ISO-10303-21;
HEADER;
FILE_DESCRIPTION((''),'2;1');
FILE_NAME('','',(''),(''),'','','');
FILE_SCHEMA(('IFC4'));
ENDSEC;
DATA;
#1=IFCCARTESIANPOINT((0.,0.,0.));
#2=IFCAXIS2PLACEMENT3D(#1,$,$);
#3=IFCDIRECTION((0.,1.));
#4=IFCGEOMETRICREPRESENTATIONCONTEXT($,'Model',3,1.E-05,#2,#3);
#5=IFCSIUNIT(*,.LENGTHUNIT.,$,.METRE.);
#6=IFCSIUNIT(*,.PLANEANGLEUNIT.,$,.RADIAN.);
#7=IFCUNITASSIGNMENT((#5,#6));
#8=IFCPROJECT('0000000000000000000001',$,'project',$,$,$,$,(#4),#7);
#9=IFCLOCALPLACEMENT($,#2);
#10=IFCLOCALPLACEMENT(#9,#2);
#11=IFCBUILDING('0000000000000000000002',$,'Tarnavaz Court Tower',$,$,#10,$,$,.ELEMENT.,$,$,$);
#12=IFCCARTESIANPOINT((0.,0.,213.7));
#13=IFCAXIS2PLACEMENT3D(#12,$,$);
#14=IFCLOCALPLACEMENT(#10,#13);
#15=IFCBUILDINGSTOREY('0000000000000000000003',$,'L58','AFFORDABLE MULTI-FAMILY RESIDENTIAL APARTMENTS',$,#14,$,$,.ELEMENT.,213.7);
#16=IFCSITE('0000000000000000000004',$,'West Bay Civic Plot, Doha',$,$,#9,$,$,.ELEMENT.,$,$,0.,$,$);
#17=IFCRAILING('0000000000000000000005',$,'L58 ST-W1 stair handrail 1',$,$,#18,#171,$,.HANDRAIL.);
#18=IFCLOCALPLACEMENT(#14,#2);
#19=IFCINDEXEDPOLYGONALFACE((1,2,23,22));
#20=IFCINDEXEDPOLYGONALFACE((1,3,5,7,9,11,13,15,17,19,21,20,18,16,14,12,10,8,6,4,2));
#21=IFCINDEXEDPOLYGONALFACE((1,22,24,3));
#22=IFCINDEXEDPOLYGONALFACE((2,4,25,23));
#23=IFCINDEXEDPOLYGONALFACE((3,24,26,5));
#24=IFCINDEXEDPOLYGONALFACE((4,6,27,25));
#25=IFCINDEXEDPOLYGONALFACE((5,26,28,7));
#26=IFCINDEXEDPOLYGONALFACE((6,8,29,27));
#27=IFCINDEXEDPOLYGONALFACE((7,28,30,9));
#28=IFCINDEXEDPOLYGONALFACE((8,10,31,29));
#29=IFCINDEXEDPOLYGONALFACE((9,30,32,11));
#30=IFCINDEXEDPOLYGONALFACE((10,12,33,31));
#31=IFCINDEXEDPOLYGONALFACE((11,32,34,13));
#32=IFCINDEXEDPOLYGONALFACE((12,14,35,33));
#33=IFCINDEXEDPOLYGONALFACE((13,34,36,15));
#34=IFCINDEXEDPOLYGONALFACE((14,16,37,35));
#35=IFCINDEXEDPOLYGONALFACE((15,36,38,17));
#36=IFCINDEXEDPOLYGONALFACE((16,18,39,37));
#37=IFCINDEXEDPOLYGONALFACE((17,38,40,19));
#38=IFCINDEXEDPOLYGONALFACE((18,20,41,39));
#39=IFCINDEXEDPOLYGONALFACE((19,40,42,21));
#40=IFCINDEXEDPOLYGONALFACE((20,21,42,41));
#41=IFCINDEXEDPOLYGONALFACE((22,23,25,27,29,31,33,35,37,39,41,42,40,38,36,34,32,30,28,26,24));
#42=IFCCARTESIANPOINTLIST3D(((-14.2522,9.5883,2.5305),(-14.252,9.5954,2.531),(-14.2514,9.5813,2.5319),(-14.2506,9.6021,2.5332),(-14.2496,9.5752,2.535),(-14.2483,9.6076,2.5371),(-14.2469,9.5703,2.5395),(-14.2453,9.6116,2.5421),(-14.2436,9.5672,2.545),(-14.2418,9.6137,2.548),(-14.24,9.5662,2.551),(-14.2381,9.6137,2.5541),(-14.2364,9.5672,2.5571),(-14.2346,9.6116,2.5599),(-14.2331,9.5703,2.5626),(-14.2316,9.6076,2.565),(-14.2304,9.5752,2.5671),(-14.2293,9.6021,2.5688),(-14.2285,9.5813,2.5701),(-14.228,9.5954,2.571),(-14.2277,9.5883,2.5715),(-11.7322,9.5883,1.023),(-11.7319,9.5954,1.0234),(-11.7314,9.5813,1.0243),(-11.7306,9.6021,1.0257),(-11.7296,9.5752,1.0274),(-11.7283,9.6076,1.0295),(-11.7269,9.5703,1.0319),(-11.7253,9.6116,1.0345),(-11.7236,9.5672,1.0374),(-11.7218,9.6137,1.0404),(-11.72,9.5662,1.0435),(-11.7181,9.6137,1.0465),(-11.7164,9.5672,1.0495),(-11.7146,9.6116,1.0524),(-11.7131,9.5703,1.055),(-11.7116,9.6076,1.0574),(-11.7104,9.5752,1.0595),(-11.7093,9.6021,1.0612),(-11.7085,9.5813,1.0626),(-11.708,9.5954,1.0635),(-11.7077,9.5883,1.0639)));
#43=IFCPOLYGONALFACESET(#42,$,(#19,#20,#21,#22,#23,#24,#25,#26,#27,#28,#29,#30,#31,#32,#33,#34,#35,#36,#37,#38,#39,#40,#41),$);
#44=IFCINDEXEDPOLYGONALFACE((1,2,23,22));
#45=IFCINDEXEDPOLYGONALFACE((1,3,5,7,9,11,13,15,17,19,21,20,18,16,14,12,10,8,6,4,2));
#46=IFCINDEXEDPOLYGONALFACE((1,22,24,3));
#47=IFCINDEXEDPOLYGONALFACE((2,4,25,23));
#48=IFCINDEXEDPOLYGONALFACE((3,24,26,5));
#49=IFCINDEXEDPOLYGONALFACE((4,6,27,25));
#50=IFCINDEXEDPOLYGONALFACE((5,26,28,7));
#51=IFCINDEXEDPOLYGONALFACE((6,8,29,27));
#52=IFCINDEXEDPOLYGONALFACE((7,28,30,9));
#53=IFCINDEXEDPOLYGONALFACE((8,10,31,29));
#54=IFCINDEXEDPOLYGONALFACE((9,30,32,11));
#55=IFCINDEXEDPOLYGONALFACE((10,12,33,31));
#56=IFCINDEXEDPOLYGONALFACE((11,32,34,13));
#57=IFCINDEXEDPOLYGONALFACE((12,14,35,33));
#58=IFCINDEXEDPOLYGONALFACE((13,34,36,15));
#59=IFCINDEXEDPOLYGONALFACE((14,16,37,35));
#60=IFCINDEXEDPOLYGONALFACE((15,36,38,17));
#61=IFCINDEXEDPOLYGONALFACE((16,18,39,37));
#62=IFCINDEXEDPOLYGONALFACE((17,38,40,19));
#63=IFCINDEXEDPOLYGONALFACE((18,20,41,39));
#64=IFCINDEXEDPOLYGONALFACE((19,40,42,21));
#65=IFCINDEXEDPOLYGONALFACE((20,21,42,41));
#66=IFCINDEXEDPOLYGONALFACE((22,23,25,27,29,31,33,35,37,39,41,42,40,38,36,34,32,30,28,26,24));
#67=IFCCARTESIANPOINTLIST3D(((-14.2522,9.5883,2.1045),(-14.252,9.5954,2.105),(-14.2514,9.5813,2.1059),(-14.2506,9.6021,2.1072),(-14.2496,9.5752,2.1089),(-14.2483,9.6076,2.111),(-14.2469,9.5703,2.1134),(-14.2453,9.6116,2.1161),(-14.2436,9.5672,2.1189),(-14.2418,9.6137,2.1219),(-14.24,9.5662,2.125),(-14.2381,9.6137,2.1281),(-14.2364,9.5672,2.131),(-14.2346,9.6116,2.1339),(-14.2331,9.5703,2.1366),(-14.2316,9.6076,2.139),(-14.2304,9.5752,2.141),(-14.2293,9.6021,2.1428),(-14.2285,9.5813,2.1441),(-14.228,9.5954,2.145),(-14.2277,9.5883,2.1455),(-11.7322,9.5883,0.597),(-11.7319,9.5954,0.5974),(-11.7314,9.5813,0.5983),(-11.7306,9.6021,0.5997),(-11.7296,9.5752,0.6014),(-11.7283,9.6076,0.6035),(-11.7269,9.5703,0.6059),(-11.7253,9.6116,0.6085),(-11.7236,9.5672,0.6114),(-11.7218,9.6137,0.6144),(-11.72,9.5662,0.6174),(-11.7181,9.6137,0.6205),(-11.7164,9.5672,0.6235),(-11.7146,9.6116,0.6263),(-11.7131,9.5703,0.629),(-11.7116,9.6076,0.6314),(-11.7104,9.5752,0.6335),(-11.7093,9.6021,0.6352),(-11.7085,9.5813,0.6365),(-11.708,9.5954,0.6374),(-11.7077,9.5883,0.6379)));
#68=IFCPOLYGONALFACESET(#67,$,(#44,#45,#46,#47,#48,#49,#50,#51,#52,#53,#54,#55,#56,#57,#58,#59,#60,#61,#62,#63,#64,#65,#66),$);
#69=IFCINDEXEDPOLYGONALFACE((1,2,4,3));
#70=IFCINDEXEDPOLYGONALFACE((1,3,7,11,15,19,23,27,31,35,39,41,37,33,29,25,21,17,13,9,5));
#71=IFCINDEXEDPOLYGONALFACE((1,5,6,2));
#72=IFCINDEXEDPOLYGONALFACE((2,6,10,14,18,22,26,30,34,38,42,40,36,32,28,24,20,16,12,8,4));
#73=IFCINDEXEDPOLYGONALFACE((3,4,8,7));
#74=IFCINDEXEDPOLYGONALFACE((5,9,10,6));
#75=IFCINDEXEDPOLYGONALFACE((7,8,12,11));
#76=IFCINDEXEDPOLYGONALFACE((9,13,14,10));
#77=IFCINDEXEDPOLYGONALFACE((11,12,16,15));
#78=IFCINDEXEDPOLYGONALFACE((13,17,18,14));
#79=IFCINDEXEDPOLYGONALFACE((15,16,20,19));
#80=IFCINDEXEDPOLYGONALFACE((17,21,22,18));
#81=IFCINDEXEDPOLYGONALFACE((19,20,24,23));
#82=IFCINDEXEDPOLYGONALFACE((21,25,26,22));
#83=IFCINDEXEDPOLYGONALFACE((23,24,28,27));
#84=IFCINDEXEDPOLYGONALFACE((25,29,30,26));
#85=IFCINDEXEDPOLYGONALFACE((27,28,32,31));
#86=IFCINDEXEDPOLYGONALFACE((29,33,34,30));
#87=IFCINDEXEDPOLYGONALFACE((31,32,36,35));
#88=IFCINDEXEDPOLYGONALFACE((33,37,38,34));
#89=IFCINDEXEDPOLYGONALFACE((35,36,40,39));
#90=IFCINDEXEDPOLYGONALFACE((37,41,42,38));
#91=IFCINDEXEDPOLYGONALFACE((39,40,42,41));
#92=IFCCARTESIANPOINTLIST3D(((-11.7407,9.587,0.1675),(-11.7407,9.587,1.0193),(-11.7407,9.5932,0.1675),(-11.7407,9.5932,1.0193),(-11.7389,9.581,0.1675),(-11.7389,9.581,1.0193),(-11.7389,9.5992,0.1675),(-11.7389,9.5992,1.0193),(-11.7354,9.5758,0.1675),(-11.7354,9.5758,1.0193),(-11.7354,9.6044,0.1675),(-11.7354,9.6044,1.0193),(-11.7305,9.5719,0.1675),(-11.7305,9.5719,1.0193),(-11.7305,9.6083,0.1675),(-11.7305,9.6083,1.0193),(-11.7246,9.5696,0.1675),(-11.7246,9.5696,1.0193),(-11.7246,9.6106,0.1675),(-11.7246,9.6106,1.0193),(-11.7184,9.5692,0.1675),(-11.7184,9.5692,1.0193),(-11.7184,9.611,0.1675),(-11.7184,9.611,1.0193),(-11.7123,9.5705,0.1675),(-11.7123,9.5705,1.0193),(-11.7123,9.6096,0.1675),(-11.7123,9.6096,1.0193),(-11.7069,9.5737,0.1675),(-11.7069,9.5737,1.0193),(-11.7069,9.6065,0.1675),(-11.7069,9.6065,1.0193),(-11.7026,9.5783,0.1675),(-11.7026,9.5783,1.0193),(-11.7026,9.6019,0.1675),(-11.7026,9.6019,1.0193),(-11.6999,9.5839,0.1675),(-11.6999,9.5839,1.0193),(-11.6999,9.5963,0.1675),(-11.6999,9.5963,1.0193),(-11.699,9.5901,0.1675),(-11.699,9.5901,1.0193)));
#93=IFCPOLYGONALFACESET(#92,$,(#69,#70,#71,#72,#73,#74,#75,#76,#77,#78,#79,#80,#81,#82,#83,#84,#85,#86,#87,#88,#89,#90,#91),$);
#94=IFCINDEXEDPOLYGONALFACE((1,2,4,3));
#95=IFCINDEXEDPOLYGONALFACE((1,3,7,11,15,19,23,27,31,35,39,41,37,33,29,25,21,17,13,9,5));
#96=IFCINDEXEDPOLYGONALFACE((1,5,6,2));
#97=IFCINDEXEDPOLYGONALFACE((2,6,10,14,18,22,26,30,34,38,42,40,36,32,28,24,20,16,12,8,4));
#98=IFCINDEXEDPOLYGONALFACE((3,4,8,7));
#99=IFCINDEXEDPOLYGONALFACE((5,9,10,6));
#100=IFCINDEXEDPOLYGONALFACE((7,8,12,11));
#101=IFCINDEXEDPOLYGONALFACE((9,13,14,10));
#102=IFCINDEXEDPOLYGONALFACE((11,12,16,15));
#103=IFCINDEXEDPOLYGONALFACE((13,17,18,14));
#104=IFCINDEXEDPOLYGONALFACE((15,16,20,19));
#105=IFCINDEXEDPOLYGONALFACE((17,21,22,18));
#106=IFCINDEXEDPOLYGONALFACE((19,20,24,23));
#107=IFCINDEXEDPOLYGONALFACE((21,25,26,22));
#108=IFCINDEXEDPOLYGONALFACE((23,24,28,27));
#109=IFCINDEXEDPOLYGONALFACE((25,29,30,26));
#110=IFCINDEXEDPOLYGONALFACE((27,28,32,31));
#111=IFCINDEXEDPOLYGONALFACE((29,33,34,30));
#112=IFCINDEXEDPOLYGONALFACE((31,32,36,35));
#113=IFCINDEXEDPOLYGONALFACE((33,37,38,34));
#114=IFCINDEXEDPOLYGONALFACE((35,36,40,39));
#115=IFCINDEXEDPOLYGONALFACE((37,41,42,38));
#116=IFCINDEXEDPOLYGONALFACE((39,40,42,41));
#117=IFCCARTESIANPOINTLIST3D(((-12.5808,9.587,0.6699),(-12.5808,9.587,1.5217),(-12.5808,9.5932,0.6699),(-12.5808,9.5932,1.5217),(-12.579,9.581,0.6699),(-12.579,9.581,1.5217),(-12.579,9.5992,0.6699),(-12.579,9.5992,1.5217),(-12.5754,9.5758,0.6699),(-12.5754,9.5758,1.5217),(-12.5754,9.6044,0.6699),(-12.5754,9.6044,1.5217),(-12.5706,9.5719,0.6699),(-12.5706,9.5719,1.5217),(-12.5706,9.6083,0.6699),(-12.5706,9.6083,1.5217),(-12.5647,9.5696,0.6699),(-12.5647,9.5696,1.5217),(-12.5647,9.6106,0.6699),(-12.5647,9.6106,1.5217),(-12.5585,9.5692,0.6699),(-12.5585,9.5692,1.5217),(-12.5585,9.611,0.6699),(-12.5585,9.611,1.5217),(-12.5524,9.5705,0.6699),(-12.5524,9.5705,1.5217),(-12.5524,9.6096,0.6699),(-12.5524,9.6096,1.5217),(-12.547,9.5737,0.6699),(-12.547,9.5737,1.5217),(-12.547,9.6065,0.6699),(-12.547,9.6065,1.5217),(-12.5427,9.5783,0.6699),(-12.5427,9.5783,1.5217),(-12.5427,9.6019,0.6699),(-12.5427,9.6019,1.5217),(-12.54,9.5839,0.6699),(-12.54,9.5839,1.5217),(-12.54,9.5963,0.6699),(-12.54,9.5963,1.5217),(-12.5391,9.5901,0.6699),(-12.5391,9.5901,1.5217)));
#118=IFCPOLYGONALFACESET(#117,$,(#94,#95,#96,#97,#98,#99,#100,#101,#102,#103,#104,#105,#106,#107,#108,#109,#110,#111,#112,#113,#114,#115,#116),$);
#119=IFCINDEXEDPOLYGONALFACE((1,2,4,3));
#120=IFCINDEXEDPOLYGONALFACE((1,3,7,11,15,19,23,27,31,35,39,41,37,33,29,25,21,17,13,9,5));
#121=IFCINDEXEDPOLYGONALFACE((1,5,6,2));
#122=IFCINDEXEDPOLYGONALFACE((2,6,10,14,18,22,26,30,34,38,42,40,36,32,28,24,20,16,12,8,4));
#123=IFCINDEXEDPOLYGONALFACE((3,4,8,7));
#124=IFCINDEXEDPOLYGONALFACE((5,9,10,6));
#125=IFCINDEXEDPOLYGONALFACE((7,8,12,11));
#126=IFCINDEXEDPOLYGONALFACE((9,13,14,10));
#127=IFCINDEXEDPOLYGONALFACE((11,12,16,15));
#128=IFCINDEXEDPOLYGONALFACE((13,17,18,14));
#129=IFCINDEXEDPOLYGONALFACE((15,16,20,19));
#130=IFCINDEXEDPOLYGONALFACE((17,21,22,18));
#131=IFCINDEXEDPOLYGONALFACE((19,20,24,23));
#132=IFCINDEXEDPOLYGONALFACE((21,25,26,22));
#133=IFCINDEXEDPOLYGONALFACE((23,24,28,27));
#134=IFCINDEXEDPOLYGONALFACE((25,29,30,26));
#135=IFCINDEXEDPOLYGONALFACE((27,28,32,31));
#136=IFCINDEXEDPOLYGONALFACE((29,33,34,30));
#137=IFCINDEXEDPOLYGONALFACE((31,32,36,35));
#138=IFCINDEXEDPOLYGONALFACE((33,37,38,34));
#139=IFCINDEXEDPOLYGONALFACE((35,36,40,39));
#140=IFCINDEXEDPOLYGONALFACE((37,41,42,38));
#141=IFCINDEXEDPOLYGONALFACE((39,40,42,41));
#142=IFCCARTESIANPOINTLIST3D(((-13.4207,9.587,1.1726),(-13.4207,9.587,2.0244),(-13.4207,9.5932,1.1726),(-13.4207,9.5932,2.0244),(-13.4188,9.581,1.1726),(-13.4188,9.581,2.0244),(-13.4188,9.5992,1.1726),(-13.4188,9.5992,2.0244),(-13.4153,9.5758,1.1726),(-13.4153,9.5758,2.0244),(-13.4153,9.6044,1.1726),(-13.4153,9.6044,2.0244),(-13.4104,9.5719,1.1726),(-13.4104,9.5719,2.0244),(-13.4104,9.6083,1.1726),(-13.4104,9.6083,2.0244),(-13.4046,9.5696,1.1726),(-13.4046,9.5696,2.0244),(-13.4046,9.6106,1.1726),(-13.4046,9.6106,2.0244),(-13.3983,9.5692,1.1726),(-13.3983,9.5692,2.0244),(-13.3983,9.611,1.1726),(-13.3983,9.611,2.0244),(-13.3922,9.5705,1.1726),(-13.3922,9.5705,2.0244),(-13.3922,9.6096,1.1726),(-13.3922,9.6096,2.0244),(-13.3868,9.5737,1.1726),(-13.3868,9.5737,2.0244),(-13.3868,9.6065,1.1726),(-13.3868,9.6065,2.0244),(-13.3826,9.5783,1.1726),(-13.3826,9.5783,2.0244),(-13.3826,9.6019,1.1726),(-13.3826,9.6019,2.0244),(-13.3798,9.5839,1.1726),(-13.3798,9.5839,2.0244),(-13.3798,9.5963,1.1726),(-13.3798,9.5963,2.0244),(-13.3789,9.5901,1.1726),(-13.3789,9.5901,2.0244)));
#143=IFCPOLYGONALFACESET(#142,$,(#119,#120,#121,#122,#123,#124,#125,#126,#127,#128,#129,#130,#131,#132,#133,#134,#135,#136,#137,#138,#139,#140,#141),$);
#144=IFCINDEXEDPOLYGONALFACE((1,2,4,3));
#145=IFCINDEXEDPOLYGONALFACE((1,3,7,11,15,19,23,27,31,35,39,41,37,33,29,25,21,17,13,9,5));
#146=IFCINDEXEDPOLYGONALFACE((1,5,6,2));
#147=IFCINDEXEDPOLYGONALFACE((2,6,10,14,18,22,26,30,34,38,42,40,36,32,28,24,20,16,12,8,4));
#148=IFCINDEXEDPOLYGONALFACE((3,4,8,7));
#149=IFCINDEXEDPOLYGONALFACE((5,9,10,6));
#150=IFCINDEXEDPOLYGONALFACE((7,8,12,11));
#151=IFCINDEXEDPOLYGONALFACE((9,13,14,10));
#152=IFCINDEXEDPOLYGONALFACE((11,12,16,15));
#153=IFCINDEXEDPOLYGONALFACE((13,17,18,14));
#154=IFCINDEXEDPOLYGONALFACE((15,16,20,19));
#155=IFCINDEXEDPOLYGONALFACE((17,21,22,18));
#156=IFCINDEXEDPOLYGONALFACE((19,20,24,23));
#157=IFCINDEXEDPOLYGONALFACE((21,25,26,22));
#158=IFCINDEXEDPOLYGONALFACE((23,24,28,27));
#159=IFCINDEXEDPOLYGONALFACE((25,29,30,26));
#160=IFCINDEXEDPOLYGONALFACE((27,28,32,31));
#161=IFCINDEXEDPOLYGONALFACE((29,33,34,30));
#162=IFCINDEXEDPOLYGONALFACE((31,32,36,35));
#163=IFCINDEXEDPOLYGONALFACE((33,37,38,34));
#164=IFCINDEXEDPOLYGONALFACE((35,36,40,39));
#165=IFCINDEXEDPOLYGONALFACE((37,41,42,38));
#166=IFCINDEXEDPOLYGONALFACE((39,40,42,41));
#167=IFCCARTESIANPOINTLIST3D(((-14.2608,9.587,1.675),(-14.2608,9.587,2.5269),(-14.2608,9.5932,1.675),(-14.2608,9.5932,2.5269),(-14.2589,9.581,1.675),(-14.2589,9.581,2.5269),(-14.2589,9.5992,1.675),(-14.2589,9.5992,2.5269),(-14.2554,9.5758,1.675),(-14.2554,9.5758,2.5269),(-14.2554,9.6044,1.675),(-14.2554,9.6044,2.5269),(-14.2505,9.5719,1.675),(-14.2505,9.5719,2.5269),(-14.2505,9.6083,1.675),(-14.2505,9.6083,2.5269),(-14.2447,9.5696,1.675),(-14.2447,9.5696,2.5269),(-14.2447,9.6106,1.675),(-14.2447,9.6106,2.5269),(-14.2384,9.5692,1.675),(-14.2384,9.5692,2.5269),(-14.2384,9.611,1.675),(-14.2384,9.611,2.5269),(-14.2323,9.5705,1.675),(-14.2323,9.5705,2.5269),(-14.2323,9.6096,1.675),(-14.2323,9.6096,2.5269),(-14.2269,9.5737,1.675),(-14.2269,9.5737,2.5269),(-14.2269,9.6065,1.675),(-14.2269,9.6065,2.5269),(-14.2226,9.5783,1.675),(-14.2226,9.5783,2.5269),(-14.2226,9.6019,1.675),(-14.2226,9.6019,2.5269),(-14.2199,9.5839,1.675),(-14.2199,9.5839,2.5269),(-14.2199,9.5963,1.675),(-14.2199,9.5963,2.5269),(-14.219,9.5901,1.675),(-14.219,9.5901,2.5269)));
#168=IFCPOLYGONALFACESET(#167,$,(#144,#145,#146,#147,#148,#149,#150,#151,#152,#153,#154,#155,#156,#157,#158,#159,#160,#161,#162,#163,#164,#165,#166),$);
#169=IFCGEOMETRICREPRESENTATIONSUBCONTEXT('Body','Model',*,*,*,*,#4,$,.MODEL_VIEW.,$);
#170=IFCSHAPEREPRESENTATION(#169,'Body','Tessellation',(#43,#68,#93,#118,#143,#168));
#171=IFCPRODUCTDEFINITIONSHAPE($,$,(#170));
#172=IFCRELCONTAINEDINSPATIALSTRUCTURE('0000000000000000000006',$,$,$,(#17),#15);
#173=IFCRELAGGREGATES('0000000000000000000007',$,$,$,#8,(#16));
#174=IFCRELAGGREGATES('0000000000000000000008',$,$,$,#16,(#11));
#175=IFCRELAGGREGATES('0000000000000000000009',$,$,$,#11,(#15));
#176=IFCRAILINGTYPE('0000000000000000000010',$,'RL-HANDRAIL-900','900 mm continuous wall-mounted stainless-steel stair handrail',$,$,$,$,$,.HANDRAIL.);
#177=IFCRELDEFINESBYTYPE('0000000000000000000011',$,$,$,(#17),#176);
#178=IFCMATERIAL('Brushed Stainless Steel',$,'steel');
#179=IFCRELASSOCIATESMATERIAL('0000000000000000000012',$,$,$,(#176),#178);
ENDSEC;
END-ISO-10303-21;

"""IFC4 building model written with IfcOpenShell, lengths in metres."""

from ifc_helpers import new_model, si_unit, direction, frame, origin, origin_2d, place, context, subcontext, project, spatial, circle, extrude, material, type_object, element, save


model = new_model("IFC4")

# Units and contexts
model_context = context("Model", 3, precision=1e-05, world=origin(), true_north=direction((0.0, 1.0)))
body_context = subcontext(model_context, "Body", "Model", "MODEL_VIEW")
ifc_project = project(units=[si_unit("LENGTHUNIT", "METRE"), si_unit("PLANEANGLEUNIT", "RADIAN")], contexts=[model_context])

# Site, building, storey
site_placement = place(None, origin())
site = spatial("IfcSite", under=ifc_project, at=site_placement, Name="West Bay Civic Plot, Doha", CompositionType="ELEMENT", RefElevation=0.0)
building_placement = place(site_placement, origin())
building = spatial("IfcBuilding", under=site, at=building_placement, Name="Tarnavaz Court Tower", CompositionType="ELEMENT")
storey_placement = place(building_placement, frame((0.0, 0.0, 213.7)))
storey = spatial("IfcBuildingStorey", under=building, at=storey_placement, Name="L58", Description="AFFORDABLE MULTI-FAMILY RESIDENTIAL APARTMENTS", CompositionType="ELEMENT", Elevation=213.7)

# Railing
ifc_material_1 = material(Name="Brushed Stainless Steel", Category="steel")
railing_type_1 = type_object("IfcRailingType", Name="RL-HANDRAIL-900", Description="900 mm continuous wall-mounted stainless-steel stair handrail", PredefinedType="HANDRAIL", material=ifc_material_1)
railing_1_placement = place(storey_placement, frame((-11.72, 9.5901, 0.1675)))
element("IfcRailing", 1, at=railing_1_placement, inside=storey, type_object=railing_type_1, Name="L58 ST-W1 stair handrail 1", PredefinedType="HANDRAIL", context=body_context, shape_type="SweptSolid", body=[
    extrude(circle(Radius=0.0239, at=origin_2d()), frame((0.0, 0.0, 0.876), z_axis=(-0.85816, 0.0, 0.513383), x_axis=(0.0, -1.0, 0.0)), (0.0, 0.0, 1.0), 2.9365),
    extrude(circle(Radius=0.0239, at=origin_2d()), frame((0.0, 0.0, 0.45), z_axis=(-0.85816, 0.0, 0.513383), x_axis=(0.0, -1.0, 0.0)), (0.0, 0.0, 1.0), 2.9365),
    extrude(circle(Radius=0.021, at=origin_2d()), origin(), (0.0, 0.0, 1.0), 0.8518),
    extrude(circle(Radius=0.021, at=origin_2d()), frame((-0.8401, 0.0, 0.5024)), (0.0, 0.0, 1.0), 0.8518),
    extrude(circle(Radius=0.021, at=origin_2d()), frame((-1.6799, 0.0, 1.0051)), (0.0, 0.0, 1.0), 0.8518),
    extrude(circle(Radius=0.021, at=origin_2d()), frame((-2.52, 0.0, 1.5076)), (0.0, 0.0, 1.0), 0.8518),
])

save(model, "model.ifc")
